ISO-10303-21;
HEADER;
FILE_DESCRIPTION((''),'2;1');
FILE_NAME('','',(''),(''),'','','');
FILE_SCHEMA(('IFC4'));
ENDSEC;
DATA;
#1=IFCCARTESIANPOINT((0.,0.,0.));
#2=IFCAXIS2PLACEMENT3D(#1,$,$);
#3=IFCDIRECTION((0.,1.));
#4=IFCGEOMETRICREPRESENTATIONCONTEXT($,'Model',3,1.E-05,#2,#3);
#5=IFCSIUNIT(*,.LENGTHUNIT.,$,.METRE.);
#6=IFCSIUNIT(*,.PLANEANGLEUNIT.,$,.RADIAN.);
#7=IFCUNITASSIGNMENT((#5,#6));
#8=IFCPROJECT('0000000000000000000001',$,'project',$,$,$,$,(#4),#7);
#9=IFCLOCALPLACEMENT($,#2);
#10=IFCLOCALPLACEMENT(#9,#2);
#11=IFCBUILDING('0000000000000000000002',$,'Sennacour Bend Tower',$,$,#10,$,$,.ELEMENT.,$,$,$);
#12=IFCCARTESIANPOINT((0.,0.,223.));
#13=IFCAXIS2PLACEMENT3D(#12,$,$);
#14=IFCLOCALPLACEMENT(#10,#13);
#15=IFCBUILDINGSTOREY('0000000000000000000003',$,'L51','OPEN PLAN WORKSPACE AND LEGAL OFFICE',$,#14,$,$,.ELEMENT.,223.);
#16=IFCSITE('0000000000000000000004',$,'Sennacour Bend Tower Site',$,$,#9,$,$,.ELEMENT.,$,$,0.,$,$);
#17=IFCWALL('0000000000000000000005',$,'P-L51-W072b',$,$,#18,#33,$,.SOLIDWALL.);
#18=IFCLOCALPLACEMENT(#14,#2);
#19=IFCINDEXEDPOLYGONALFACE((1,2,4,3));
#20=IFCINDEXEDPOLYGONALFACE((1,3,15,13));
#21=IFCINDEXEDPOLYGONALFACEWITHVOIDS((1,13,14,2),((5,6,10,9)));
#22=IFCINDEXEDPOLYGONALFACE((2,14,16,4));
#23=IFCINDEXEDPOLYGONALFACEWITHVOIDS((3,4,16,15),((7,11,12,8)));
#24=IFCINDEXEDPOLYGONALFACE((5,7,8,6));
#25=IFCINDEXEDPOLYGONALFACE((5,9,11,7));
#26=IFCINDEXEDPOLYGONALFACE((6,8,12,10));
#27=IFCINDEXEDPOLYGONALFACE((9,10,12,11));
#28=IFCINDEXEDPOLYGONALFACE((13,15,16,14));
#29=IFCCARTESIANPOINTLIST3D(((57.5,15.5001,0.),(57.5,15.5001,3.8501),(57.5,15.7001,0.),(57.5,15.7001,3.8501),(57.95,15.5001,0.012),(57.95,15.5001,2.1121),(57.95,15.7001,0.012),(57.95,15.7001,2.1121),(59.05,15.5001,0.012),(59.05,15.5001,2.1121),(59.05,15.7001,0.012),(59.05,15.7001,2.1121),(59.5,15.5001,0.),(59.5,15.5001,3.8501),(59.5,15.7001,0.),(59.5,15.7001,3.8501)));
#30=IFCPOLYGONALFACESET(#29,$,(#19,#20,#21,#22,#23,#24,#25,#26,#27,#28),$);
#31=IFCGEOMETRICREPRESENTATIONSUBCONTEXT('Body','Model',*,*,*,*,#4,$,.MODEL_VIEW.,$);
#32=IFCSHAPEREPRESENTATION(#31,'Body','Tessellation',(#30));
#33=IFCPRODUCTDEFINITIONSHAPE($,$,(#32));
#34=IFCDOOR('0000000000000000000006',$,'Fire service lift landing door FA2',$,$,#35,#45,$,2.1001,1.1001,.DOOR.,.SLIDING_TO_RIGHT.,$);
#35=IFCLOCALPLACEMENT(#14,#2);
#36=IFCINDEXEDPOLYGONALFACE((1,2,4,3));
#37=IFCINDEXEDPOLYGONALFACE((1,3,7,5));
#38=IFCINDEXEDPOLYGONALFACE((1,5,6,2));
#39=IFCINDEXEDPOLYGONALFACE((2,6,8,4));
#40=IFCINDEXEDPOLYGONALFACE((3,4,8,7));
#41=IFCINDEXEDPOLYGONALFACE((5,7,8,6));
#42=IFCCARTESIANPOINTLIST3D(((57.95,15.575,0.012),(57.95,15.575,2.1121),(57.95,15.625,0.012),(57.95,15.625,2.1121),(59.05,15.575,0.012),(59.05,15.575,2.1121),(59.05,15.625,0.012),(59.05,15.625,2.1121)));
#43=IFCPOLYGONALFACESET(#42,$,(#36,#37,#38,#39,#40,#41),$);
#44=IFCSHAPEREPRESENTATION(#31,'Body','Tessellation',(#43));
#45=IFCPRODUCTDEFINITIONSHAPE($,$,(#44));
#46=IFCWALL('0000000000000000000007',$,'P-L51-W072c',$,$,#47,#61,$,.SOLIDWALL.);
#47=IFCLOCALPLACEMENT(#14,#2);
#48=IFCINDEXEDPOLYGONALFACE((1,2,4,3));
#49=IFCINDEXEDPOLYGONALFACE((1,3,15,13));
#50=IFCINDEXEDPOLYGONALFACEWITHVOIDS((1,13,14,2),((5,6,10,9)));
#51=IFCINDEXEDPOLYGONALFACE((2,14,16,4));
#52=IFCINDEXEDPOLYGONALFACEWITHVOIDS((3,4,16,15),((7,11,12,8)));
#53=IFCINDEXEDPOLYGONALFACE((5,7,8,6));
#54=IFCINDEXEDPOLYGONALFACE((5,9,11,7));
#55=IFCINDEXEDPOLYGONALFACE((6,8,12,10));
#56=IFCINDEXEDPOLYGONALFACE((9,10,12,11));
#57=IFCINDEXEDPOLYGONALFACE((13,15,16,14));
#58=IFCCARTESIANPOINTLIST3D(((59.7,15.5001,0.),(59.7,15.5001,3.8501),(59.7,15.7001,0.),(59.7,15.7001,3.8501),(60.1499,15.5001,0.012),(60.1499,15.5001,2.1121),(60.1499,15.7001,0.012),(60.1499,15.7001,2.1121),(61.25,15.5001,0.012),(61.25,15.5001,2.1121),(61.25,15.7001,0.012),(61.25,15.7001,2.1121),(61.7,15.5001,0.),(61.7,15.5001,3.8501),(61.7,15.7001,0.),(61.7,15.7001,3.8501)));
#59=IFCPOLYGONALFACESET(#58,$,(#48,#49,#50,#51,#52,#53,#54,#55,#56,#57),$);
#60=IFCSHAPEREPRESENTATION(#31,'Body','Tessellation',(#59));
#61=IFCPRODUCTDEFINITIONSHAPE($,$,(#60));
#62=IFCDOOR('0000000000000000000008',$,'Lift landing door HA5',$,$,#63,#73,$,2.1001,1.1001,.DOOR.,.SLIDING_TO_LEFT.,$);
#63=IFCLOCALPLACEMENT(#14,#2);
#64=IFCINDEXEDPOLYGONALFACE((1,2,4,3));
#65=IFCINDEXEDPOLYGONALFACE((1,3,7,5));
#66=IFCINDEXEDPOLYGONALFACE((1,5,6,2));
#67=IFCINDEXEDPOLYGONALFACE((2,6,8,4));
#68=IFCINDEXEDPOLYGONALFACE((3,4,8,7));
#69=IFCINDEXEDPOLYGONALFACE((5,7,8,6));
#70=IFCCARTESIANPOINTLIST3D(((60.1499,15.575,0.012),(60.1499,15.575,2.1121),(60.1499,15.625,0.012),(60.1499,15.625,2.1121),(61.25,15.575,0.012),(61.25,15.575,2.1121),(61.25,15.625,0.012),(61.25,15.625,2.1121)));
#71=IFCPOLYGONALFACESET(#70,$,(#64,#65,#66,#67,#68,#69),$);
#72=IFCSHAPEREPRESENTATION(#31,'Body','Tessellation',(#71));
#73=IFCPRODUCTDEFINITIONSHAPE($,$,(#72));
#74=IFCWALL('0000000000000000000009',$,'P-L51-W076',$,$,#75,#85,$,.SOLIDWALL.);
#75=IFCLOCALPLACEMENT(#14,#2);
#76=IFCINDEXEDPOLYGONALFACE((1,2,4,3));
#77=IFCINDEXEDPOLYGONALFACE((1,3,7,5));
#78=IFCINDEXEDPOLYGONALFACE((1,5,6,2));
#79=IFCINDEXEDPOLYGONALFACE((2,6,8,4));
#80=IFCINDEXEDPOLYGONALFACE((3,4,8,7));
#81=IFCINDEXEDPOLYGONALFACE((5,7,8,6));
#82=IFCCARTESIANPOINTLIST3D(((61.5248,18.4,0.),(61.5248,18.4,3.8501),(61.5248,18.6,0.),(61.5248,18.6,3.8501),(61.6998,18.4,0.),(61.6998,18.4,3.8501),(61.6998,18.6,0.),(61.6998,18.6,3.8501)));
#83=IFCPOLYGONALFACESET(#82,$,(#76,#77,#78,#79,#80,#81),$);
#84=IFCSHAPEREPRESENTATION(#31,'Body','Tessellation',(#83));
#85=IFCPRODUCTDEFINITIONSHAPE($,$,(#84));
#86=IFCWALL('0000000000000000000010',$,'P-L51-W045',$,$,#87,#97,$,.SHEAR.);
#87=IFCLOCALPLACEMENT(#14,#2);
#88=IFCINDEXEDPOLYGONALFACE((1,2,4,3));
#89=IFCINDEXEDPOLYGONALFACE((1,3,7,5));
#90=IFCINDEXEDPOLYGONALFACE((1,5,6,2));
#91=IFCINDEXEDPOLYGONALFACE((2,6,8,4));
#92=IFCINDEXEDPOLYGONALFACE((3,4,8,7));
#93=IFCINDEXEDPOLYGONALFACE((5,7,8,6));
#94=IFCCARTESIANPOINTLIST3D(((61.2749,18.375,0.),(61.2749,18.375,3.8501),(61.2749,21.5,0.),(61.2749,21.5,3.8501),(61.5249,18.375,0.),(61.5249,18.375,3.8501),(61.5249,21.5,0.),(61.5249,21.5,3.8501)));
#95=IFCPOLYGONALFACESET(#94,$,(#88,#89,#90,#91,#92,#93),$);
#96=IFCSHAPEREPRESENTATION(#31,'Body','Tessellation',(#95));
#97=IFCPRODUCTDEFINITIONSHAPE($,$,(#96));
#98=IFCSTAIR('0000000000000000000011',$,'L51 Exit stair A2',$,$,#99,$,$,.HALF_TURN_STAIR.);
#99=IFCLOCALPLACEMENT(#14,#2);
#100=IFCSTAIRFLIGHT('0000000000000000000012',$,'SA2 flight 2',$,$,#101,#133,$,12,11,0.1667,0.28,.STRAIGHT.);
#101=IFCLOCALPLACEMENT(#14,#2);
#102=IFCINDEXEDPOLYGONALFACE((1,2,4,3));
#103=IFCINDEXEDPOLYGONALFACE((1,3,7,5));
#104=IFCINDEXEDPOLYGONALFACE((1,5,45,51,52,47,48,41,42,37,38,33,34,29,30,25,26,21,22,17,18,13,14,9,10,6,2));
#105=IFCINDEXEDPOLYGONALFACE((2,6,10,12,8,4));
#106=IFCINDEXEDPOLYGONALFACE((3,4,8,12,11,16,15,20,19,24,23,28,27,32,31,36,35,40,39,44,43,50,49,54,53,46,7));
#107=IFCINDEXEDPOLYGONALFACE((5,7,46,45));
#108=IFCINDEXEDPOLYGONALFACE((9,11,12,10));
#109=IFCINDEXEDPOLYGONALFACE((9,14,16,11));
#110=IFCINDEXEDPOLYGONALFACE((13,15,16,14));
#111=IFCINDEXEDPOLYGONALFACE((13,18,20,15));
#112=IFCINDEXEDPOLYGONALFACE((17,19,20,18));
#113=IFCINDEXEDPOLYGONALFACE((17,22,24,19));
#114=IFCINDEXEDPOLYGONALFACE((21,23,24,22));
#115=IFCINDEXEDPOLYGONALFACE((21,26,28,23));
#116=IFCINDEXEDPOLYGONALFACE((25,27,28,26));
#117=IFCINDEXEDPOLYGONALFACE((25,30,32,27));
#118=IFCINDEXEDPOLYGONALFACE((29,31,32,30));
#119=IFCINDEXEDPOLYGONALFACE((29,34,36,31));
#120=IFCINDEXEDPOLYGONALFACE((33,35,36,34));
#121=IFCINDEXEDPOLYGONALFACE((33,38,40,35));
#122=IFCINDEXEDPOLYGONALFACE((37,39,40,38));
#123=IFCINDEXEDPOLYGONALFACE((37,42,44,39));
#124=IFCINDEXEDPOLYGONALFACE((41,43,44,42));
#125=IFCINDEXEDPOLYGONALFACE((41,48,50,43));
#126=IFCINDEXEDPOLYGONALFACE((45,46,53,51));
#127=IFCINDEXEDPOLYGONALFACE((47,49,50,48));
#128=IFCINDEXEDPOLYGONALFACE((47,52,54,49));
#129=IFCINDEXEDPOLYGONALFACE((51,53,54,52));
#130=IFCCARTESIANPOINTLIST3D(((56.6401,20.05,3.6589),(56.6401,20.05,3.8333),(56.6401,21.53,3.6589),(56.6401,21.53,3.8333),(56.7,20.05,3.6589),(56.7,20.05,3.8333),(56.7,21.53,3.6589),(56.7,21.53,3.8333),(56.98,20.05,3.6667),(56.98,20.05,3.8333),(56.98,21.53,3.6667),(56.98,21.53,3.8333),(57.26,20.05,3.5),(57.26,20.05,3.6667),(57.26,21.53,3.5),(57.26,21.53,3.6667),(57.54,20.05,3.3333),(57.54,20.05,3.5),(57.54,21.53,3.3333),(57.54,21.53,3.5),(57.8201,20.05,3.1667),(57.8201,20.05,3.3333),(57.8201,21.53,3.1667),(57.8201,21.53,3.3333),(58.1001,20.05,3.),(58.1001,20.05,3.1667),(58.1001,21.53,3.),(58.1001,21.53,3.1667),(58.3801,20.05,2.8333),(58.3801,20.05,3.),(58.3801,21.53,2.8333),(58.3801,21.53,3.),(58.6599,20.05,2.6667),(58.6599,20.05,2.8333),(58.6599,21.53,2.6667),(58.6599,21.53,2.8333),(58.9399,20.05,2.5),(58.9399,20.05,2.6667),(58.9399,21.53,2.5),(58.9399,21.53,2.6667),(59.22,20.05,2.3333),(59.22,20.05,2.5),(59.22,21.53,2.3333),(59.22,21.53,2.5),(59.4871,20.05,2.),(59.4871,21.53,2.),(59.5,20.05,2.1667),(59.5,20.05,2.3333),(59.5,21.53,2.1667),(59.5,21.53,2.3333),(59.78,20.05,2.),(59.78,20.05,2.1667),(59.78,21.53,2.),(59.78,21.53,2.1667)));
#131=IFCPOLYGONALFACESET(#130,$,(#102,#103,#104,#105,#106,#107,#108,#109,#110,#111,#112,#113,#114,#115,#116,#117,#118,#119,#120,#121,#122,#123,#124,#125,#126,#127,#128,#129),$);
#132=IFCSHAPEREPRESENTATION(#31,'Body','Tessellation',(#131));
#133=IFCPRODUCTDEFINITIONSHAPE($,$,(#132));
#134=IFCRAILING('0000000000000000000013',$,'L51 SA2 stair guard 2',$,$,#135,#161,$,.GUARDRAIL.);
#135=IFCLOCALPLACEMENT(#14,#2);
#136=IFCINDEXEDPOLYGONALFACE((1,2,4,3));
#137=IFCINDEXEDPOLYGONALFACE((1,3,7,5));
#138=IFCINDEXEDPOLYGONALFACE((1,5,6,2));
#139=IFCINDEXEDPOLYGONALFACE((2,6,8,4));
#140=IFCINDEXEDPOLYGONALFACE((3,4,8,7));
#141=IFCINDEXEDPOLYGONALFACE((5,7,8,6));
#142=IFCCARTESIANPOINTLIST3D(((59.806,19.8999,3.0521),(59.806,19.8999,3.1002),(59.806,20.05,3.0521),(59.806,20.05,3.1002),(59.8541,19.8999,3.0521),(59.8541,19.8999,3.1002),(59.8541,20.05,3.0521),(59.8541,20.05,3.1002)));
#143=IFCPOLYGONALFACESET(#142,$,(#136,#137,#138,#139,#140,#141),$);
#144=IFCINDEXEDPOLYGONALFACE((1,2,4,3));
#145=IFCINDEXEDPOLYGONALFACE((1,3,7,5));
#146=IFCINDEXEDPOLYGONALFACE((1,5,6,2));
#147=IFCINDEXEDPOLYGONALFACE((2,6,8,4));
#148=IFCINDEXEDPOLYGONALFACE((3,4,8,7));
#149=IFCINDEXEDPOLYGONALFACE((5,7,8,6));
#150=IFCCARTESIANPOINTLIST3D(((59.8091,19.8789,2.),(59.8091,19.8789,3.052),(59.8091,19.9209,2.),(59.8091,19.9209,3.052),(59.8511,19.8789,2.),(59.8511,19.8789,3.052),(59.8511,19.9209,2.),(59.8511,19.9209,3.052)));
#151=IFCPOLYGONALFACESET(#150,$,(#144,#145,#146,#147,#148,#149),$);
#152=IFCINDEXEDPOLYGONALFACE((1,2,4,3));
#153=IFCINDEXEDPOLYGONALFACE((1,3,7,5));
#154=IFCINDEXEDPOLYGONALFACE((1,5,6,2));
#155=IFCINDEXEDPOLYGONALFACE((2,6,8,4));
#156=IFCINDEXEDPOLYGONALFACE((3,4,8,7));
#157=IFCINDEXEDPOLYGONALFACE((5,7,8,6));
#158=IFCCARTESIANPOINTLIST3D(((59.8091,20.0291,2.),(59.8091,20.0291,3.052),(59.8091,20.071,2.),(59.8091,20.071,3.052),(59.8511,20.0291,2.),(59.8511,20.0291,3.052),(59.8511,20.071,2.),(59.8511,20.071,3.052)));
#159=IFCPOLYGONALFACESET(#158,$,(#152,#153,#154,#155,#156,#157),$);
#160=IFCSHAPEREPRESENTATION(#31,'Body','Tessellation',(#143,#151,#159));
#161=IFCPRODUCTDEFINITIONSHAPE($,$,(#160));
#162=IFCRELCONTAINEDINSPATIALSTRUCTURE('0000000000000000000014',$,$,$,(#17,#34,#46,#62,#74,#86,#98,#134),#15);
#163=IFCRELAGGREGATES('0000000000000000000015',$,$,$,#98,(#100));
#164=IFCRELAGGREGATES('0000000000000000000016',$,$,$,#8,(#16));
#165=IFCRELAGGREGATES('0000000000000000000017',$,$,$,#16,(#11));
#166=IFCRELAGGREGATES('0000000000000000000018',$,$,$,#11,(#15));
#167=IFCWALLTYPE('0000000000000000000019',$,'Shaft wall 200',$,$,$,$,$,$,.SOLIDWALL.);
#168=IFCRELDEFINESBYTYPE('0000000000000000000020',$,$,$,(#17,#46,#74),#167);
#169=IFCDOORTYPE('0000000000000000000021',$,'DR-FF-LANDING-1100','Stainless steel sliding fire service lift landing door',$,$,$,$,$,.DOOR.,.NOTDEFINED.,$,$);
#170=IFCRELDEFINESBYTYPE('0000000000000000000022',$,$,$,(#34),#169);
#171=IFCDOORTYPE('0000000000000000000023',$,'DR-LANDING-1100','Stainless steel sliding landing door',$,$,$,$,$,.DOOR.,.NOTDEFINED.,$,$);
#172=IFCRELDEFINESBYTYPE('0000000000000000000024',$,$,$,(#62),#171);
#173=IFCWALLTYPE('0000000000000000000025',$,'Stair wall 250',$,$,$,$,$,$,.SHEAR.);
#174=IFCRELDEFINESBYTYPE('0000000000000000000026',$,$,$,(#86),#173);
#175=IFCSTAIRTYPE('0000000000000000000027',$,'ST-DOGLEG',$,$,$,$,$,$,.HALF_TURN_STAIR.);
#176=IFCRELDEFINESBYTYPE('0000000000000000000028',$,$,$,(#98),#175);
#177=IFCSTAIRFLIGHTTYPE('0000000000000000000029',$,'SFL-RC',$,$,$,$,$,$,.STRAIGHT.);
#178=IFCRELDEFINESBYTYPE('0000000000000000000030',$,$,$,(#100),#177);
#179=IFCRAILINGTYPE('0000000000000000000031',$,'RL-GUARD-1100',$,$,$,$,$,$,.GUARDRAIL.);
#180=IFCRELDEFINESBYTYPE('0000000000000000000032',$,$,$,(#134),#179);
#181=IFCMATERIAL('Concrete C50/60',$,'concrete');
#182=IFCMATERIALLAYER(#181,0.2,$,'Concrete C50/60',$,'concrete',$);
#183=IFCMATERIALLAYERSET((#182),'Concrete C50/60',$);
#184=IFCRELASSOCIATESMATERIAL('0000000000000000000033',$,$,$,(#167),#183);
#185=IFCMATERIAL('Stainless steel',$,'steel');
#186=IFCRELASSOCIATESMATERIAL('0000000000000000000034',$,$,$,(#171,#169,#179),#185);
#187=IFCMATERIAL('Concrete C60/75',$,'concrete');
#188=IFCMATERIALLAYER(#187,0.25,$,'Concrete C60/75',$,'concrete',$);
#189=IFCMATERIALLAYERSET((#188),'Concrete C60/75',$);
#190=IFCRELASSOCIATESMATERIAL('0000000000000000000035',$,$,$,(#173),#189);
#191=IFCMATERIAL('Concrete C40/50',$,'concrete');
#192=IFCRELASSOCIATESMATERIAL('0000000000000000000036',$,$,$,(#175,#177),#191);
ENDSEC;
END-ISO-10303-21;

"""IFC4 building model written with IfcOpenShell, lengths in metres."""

from ifc_helpers import new_model, si_unit, direction, frame, frame_2d, origin, origin_2d, place, context, subcontext, project, spatial, polyline, rectangle, outline, extrude, material, layer, layer_set, type_object, element, fill, aggregate, save


model = new_model("IFC4")

# Units and contexts
model_context = context("Model", 3, precision=1e-05, world=origin(), true_north=direction((0.0, 1.0)))
body_context = subcontext(model_context, "Body", "Model", "MODEL_VIEW")
ifc_project = project(units=[si_unit("LENGTHUNIT", "METRE"), si_unit("PLANEANGLEUNIT", "RADIAN")], contexts=[model_context])

# Site, building, storey
site_placement = place(None, origin())
site = spatial("IfcSite", under=ifc_project, at=site_placement, Name="Sennacour Bend Tower Site", CompositionType="ELEMENT", RefElevation=0.0)
building_placement = place(site_placement, origin())
building = spatial("IfcBuilding", under=site, at=building_placement, Name="Sennacour Bend Tower", CompositionType="ELEMENT")
storey_placement = place(building_placement, frame((0.0, 0.0, 223.0)))
storey = spatial("IfcBuildingStorey", under=building, at=storey_placement, Name="L51", Description="OPEN PLAN WORKSPACE AND LEGAL OFFICE", CompositionType="ELEMENT", Elevation=223.0)

# Shared definitions
ifc_material_1 = material(Name="Concrete C50/60", Category="concrete")
ifc_layer_1 = layer(ifc_material_1, 0.2, Name="Concrete C50/60", Category="concrete")
ifc_layer_set_1 = layer_set([ifc_layer_1], Name="Concrete C50/60")
wall_type_1 = type_object("IfcWallType", Name="Shaft wall 200", PredefinedType="SOLIDWALL", material=ifc_layer_set_1)

# Shared definitions
ifc_material_2 = material(Name="Stainless steel", Category="steel")
door_type_1 = type_object("IfcDoorType", Name="DR-LANDING-1100", Description="Stainless steel sliding landing door", OperationType="NOTDEFINED", PredefinedType="DOOR", material=ifc_material_2)

# Walls, openings, doors
wall_1_placement = place(storey_placement, frame((57.5, 15.6001, 0.0), z_axis=(0.0, 0.0, 1.0), x_axis=(1.0, 0.0, 0.0)))
wall_1 = element("IfcWall", 1, at=wall_1_placement, inside=storey, type_object=wall_type_1, Name="P-L51-W072b", PredefinedType="SOLIDWALL", context=body_context, shape_type="SweptSolid", body=[
    extrude(rectangle(XDim=2.0, YDim=0.2, at=frame_2d((1.0, 0.0))), origin(), (0.0, 0.0, 1.0), 3.8501),
])
opening_1_placement = place(wall_1_placement, frame((0.45, 0.0, 0.012)))
opening_1 = element("IfcOpeningElement", 2, at=opening_1_placement, cuts=wall_1, PredefinedType="OPENING", context=body_context, shape_type="SweptSolid", body=[
    extrude(rectangle(XDim=1.1001, YDim=2.1001, at=frame_2d((0.55, 1.05))), frame((0.0, 0.1099, 0.0), z_axis=(0.0, -1.0, 0.0), x_axis=(1.0, 0.0, 0.0)), (0.0, 0.0, 1.0), 0.22),
])
door_type_2 = type_object("IfcDoorType", Name="DR-FF-LANDING-1100", Description="Stainless steel sliding fire service lift landing door", OperationType="NOTDEFINED", PredefinedType="DOOR", material=ifc_material_2)
door_1_placement = place(opening_1_placement, origin())
door_1 = element("IfcDoor", 3, at=door_1_placement, inside=storey, type_object=door_type_2, Name="Fire service lift landing door FA2", OperationType="SLIDING_TO_RIGHT", OverallHeight=2.1001, OverallWidth=1.1001, PredefinedType="DOOR", context=body_context, shape_type="SweptSolid", body=[
    extrude(rectangle(XDim=1.1001, YDim=2.1001, at=frame_2d((0.55, 1.05))), frame((0.0, 0.0249, 0.0), z_axis=(0.0, -1.0, 0.0), x_axis=(1.0, 0.0, 0.0)), (0.0, 0.0, 1.0), 0.05),
])
fill(opening_1, door_1)
wall_2_placement = place(storey_placement, frame((59.7, 15.6001, 0.0), z_axis=(0.0, 0.0, 1.0), x_axis=(1.0, 0.0, 0.0)))
wall_2 = element("IfcWall", 4, at=wall_2_placement, inside=storey, type_object=wall_type_1, Name="P-L51-W072c", PredefinedType="SOLIDWALL", context=body_context, shape_type="SweptSolid", body=[
    extrude(rectangle(XDim=2.0, YDim=0.2, at=frame_2d((1.0, 0.0))), origin(), (0.0, 0.0, 1.0), 3.8501),
])
opening_2_placement = place(wall_2_placement, frame((0.45, 0.0, 0.012)))
opening_2 = element("IfcOpeningElement", 5, at=opening_2_placement, cuts=wall_2, PredefinedType="OPENING", context=body_context, shape_type="SweptSolid", body=[
    extrude(rectangle(XDim=1.1001, YDim=2.1001, at=frame_2d((0.55, 1.05))), frame((0.0, 0.1099, 0.0), z_axis=(0.0, -1.0, 0.0), x_axis=(1.0, 0.0, 0.0)), (0.0, 0.0, 1.0), 0.22),
])
door_2_placement = place(opening_2_placement, origin())
door_2 = element("IfcDoor", 6, at=door_2_placement, inside=storey, type_object=door_type_1, Name="Lift landing door HA5", OperationType="SLIDING_TO_LEFT", OverallHeight=2.1001, OverallWidth=1.1001, PredefinedType="DOOR", context=body_context, shape_type="SweptSolid", body=[
    extrude(rectangle(XDim=1.1001, YDim=2.1001, at=frame_2d((0.55, 1.05))), frame((0.0, 0.0249, 0.0), z_axis=(0.0, -1.0, 0.0), x_axis=(1.0, 0.0, 0.0)), (0.0, 0.0, 1.0), 0.05),
])
fill(opening_2, door_2)

# Walls
wall_3_placement = place(storey_placement, frame((61.5249, 18.5, 0.0), z_axis=(0.0, 0.0, 1.0), x_axis=(1.0, 0.0, 0.0)))
element("IfcWall", 7, at=wall_3_placement, inside=storey, type_object=wall_type_1, Name="P-L51-W076", PredefinedType="SOLIDWALL", context=body_context, shape_type="SweptSolid", body=[
    extrude(rectangle(XDim=0.175, YDim=0.2, at=frame_2d((0.0874, 0.0))), origin(), (0.0, 0.0, 1.0), 3.8501),
])
ifc_material_3 = material(Name="Concrete C60/75", Category="concrete")
ifc_layer_2 = layer(ifc_material_3, 0.25, Name="Concrete C60/75", Category="concrete")
ifc_layer_set_2 = layer_set([ifc_layer_2], Name="Concrete C60/75")
wall_type_2 = type_object("IfcWallType", Name="Stair wall 250", PredefinedType="SHEAR", material=ifc_layer_set_2)
wall_4_placement = place(storey_placement, frame((61.3999, 18.375, 0.0), z_axis=(0.0, 0.0, 1.0), x_axis=(0.0, 1.0, 0.0)))
element("IfcWall", 8, at=wall_4_placement, inside=storey, type_object=wall_type_2, Name="P-L51-W045", PredefinedType="SHEAR", context=body_context, shape_type="SweptSolid", body=[
    extrude(rectangle(XDim=3.125, YDim=0.25, at=frame_2d((1.5625, 0.0))), origin(), (0.0, 0.0, 1.0), 3.8501),
])

# Stair, stair flight
ifc_material_4 = material(Name="Concrete C40/50", Category="concrete")
stair_type = type_object("IfcStairType", Name="ST-DOGLEG", PredefinedType="HALF_TURN_STAIR", material=ifc_material_4)
stair_placement = place(storey_placement, origin())
stair = element("IfcStair", 9, at=stair_placement, inside=storey, type_object=stair_type, Name="L51 Exit stair A2", PredefinedType="HALF_TURN_STAIR")
stair_flight_type = type_object("IfcStairFlightType", Name="SFL-RC", PredefinedType="STRAIGHT", material=ifc_material_4)
stair_flight_placement = place(storey_placement, frame((59.78, 20.79, 2.0), z_axis=(0.0, 0.0, 1.0), x_axis=(-1.0, 0.0, 0.0)))
stair_flight = element("IfcStairFlight", 10, at=stair_flight_placement, type_object=stair_flight_type, Name="SA2 flight 2", NumberOfRisers=12, NumberOfTreads=11, PredefinedType="STRAIGHT", RiserHeight=0.1667, TreadLength=0.28, context=body_context, shape_type="SweptSolid", body=[
    extrude(outline(polyline([(0.0, 0.0), (0.0, 0.1667), (0.28, 0.1667), (0.28, 0.3333), (0.5601, 0.3333), (0.5601, 0.5), (0.8401, 0.5), (0.8401, 0.6667), (1.1201, 0.6667), (1.1201, 0.8333), (1.3999, 0.8333), (1.3999, 1.0), (1.6799, 1.0), (1.6799, 1.1667), (1.96, 1.1667), (1.96, 1.3333), (2.24, 1.3333), (2.24, 1.5), (2.52, 1.5), (2.52, 1.6667), (2.8, 1.6667), (2.8, 1.8333), (3.0801, 1.8333), (3.1399, 1.8333), (3.1399, 1.6589), (3.0801, 1.6589), (0.293, 0.0), (0.0, 0.0)])), frame((0.0, 0.74, 0.0), z_axis=(0.0, -1.0, 0.0), x_axis=(1.0, 0.0, 0.0)), (0.0, 0.0, 1.0), 1.48),
])
aggregate(stair, [stair_flight])

# Railing
railing_type_1 = type_object("IfcRailingType", Name="RL-GUARD-1100", PredefinedType="GUARDRAIL", material=ifc_material_2)
railing_1_placement = place(storey_placement, frame((59.8301, 19.8999, 2.0)))
element("IfcRailing", 11, at=railing_1_placement, inside=storey, type_object=railing_type_1, Name="L51 SA2 stair guard 2", PredefinedType="GUARDRAIL", context=body_context, shape_type="SweptSolid", body=[
    extrude(rectangle(XDim=0.0481, YDim=0.0481, at=origin_2d()), frame((0.0, 0.0, 1.0762), z_axis=(0.0, 1.0, 0.0), x_axis=(-1.0, 0.0, 0.0)), (0.0, 0.0, 1.0), 0.1501),
    extrude(rectangle(XDim=0.042, YDim=0.042, at=origin_2d()), origin(), (0.0, 0.0, 1.0), 1.052),
    extrude(rectangle(XDim=0.042, YDim=0.042, at=origin_2d()), frame((0.0, 0.1501, 0.0)), (0.0, 0.0, 1.0), 1.052),
])

save(model, "model.ifc")
